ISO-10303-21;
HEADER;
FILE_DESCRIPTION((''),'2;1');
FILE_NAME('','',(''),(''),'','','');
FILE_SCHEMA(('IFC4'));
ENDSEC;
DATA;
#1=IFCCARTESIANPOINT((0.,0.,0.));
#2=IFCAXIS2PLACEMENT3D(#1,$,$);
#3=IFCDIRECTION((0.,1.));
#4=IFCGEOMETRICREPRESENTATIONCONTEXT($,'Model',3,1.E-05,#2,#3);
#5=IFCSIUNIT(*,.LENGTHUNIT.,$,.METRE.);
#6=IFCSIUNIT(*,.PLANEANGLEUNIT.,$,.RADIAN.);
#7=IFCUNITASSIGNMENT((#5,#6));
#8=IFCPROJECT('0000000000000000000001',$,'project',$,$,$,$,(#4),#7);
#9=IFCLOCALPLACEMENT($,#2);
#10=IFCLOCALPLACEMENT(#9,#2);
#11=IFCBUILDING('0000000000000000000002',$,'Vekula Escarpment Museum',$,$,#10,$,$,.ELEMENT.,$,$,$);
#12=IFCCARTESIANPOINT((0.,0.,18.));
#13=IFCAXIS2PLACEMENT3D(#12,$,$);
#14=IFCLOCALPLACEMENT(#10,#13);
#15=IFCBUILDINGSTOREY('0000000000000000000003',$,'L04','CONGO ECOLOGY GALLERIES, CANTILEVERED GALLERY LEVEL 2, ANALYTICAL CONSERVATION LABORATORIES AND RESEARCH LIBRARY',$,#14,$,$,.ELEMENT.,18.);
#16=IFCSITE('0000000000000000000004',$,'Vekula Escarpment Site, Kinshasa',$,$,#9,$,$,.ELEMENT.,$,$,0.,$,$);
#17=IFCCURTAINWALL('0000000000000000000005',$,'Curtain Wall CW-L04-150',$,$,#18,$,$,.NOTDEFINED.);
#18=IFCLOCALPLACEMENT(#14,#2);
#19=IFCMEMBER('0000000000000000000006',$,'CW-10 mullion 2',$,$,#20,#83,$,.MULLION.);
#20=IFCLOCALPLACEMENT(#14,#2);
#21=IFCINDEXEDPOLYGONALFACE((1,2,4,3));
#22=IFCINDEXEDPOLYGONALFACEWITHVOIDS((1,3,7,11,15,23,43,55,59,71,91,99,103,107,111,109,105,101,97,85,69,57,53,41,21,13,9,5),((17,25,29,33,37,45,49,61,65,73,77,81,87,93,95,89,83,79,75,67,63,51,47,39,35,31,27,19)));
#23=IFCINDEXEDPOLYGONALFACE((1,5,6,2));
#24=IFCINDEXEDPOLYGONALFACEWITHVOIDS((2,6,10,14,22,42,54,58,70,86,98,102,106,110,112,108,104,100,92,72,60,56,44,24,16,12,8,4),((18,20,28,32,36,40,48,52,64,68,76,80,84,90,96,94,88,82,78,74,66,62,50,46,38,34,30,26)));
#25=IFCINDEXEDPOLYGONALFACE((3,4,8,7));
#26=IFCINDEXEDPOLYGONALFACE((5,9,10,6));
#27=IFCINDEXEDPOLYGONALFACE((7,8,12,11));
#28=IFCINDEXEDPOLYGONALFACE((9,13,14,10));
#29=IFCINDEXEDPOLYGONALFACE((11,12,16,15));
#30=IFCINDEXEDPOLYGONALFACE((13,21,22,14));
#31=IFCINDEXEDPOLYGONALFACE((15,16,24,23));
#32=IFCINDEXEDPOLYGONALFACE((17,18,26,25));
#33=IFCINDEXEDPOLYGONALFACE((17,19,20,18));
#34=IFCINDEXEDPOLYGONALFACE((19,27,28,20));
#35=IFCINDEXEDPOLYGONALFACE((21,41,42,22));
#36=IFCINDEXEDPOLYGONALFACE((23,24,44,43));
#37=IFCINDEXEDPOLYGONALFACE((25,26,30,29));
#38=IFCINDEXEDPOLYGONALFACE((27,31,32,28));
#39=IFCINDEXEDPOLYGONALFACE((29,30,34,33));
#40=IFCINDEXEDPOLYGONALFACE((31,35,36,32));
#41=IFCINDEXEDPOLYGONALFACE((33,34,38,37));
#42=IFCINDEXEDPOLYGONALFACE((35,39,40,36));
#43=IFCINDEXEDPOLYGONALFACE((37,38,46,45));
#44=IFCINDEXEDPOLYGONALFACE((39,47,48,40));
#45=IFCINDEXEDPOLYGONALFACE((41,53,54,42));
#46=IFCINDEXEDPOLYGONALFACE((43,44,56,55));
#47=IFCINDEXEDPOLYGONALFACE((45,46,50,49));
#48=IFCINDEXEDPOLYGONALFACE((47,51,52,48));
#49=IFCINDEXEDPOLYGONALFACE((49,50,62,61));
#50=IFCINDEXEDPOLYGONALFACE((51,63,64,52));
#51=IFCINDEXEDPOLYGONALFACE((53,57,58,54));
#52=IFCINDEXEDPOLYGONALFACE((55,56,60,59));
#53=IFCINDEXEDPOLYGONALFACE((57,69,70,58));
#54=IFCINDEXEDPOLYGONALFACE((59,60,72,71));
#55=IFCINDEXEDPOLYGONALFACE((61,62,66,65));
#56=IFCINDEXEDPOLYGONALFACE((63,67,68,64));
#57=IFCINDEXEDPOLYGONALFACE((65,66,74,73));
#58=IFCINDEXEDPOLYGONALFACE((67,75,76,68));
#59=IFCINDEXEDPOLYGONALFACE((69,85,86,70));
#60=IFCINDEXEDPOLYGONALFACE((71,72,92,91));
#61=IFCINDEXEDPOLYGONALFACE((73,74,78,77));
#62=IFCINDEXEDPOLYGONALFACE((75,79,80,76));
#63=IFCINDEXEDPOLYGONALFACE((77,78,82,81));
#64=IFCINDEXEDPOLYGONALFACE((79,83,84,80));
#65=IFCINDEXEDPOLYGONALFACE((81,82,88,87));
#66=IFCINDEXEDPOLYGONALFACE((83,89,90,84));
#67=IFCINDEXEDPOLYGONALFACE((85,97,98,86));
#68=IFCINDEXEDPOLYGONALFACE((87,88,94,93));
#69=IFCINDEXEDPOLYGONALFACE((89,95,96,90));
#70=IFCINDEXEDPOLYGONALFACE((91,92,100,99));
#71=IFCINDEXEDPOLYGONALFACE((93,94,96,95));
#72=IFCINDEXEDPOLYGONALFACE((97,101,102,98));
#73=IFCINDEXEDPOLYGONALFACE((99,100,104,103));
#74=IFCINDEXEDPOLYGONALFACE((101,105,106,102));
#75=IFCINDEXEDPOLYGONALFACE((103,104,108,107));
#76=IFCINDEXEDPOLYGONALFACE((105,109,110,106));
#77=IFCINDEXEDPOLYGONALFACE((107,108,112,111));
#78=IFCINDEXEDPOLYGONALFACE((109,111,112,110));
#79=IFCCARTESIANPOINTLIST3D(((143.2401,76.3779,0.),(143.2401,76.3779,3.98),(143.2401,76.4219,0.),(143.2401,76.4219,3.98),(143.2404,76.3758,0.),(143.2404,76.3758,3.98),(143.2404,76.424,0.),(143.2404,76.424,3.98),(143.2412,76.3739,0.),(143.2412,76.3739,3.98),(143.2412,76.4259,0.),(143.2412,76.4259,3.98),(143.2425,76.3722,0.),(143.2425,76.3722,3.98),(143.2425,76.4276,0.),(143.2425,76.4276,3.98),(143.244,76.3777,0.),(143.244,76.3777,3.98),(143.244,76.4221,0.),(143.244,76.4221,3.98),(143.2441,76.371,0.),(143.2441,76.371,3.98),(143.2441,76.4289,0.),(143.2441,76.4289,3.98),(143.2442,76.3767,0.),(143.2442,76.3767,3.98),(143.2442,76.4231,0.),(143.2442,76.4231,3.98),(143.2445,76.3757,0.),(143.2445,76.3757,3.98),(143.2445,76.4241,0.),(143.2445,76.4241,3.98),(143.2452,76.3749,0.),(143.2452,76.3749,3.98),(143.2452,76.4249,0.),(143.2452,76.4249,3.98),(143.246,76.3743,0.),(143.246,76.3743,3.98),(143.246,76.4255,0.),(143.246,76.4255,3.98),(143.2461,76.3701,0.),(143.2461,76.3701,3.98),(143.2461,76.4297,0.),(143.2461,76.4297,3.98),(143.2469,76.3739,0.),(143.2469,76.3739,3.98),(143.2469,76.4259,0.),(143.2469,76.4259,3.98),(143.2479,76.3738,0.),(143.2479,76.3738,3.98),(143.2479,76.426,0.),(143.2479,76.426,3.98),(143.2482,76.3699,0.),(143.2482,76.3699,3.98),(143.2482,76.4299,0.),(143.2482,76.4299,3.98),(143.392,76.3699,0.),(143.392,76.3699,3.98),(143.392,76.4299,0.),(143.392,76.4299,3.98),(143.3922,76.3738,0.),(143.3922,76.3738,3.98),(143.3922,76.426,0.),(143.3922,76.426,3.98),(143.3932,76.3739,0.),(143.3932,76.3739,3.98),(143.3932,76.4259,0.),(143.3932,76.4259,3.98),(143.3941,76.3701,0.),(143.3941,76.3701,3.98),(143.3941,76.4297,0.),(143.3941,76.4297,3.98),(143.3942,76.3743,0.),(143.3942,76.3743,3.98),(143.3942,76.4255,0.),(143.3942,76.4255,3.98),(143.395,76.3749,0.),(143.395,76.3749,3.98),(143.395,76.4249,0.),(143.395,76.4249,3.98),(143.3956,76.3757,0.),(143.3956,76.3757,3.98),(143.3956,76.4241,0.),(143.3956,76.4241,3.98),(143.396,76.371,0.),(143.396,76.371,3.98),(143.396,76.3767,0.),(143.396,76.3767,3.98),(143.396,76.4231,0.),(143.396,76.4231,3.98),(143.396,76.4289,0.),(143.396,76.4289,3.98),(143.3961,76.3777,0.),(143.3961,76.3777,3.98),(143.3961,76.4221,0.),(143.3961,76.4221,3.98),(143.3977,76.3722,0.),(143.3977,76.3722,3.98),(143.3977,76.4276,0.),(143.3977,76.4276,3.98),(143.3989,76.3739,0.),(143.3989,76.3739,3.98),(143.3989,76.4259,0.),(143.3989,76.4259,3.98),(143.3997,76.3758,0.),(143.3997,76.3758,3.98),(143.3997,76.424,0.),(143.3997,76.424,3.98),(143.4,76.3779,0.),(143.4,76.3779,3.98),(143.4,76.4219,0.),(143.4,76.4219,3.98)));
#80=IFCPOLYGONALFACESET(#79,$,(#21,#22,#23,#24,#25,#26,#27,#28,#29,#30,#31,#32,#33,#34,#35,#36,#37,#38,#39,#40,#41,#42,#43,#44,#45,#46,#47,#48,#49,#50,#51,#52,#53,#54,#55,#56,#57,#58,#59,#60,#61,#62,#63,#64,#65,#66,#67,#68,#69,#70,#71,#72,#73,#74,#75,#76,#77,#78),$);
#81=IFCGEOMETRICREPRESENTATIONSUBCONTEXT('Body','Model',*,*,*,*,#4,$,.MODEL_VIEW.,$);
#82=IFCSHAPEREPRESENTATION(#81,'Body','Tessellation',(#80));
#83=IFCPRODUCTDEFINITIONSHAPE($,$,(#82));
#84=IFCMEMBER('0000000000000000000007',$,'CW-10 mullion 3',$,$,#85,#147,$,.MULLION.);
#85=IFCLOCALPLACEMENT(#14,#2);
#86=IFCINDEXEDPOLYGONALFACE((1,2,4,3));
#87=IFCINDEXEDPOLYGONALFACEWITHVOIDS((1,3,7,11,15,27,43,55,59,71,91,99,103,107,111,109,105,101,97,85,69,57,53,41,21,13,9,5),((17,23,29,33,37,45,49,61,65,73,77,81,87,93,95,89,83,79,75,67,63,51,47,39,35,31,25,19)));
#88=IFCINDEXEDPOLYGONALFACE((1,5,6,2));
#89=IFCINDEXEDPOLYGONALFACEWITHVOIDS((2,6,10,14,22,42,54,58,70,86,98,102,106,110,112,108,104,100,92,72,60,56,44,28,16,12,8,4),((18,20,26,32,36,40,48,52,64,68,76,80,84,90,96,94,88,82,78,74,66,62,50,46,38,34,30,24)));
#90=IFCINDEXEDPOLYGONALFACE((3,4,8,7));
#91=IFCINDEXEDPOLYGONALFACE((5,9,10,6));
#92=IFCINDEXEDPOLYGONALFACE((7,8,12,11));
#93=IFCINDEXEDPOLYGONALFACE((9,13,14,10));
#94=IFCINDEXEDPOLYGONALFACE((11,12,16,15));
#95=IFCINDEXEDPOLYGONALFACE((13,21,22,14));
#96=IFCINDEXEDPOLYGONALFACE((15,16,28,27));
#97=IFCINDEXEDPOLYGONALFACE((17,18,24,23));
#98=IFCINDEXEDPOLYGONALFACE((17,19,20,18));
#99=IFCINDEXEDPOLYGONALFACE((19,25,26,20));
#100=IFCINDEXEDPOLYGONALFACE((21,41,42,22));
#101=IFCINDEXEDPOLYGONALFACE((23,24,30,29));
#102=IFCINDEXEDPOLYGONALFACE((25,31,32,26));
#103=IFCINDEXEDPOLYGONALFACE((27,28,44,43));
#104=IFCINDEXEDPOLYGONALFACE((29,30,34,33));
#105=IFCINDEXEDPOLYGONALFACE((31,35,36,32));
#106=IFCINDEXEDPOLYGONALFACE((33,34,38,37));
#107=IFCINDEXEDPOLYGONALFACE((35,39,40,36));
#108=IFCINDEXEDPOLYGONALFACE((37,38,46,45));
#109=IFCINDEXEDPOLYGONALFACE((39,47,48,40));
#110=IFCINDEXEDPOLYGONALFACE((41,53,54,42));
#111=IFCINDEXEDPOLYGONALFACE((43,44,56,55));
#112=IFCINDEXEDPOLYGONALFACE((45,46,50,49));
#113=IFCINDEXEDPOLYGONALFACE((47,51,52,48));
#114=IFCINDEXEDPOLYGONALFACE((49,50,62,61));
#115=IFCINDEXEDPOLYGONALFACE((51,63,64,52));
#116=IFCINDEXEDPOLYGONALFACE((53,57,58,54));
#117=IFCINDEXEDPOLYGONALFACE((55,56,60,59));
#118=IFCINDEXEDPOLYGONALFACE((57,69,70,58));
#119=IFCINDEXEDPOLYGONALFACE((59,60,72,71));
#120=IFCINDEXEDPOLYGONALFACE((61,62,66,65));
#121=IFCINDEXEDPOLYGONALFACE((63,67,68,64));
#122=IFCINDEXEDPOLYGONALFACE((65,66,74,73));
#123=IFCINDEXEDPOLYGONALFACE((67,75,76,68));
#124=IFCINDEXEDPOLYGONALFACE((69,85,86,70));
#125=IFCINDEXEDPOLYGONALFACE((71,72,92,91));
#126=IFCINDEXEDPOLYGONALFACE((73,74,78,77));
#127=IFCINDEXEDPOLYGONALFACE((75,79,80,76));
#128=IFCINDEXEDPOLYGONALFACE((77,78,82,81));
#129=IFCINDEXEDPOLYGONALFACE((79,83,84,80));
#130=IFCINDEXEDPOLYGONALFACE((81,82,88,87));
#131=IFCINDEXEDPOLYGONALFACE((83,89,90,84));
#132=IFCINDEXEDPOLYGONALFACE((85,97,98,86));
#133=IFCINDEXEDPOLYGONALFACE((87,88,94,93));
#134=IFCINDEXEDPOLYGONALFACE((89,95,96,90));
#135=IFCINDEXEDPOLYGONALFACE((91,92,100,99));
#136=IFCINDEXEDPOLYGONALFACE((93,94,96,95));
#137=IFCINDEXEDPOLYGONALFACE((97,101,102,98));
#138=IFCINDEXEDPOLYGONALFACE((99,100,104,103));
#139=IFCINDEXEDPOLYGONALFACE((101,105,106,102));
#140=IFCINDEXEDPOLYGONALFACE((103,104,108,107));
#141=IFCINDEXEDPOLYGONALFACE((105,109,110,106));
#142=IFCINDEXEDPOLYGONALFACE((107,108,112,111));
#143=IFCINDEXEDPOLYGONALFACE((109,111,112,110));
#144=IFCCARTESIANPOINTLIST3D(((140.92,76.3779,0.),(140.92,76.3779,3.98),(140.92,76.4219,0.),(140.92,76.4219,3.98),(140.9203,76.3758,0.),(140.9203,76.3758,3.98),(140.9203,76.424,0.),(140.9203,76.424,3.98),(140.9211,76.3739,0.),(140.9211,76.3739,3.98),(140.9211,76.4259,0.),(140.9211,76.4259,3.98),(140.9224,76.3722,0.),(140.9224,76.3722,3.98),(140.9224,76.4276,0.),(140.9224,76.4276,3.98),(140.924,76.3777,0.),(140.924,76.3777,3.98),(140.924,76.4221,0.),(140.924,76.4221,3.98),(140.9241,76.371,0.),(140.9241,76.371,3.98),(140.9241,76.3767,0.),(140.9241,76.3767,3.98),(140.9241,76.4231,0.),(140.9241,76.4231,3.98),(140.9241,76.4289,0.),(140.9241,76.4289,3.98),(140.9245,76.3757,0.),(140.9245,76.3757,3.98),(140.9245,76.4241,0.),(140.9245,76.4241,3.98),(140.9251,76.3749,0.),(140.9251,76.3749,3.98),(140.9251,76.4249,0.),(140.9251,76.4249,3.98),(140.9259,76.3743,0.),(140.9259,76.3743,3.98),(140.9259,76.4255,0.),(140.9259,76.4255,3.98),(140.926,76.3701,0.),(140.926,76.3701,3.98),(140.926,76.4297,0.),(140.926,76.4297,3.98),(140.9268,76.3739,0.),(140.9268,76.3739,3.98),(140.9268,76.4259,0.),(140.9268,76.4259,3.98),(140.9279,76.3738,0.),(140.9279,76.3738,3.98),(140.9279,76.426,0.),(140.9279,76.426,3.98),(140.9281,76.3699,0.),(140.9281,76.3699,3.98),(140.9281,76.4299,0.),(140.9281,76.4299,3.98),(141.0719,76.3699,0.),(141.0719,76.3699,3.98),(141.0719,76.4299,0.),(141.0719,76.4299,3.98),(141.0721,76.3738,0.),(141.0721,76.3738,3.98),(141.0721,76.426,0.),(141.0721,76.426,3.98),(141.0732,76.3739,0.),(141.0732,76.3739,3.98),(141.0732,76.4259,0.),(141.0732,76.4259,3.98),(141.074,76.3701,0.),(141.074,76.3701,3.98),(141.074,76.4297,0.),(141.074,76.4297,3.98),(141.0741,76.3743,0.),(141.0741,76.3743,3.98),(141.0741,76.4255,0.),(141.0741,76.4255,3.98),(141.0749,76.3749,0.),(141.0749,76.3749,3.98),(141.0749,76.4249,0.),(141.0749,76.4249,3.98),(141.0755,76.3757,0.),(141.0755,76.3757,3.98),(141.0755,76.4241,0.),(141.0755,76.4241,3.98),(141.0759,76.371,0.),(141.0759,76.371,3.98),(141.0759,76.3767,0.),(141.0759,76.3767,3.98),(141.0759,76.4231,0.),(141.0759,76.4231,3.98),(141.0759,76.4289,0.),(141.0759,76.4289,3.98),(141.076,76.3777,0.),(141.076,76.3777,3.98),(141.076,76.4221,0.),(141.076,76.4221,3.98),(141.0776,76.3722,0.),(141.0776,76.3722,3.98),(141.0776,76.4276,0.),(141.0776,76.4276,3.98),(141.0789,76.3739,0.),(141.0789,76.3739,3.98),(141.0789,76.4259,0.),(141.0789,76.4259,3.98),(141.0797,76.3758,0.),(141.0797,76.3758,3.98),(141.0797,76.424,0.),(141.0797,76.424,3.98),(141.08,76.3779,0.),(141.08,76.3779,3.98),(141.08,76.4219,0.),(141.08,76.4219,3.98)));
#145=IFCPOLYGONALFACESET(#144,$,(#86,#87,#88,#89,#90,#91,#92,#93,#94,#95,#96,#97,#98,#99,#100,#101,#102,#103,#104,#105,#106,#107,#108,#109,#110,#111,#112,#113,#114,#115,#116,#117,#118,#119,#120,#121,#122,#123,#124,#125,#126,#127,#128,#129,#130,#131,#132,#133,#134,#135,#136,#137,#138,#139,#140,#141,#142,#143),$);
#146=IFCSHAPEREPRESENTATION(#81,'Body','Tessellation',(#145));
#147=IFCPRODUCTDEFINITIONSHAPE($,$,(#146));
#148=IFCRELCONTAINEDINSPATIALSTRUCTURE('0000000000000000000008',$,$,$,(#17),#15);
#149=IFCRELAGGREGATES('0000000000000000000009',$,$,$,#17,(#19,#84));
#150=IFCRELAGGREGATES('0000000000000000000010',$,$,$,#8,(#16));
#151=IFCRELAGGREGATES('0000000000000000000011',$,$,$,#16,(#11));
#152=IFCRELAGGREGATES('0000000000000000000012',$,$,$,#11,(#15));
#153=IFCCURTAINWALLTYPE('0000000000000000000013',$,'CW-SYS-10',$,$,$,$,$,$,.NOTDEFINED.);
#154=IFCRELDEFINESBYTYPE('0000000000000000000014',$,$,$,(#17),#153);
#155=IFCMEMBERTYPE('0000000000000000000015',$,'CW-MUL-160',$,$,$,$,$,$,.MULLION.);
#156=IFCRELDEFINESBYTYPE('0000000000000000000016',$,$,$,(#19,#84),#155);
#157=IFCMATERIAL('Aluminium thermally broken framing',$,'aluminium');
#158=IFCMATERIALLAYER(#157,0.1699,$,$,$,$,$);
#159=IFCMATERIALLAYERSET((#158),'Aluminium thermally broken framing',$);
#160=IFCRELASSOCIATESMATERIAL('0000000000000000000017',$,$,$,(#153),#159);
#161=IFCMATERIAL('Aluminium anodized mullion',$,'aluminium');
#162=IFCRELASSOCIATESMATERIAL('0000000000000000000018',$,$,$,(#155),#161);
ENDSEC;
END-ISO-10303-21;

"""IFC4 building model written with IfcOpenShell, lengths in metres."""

from ifc_helpers import new_model, si_unit, direction, frame, origin, origin_2d, place, context, subcontext, project, spatial, hollow_rectangle, extrude, material, layer, layer_set, material_profile, profile_set, type_object, element, aggregate, save


model = new_model("IFC4")

# Units and contexts
model_context = context("Model", 3, precision=1e-05, world=origin(), true_north=direction((0.0, 1.0)))
body_context = subcontext(model_context, "Body", "Model", "MODEL_VIEW")
ifc_project = project(units=[si_unit("LENGTHUNIT", "METRE"), si_unit("PLANEANGLEUNIT", "RADIAN")], contexts=[model_context])

# Site, building, storey
site_placement = place(None, origin())
site = spatial("IfcSite", under=ifc_project, at=site_placement, Name="Vekula Escarpment Site, Kinshasa", CompositionType="ELEMENT", RefElevation=0.0)
building_placement = place(site_placement, origin())
building = spatial("IfcBuilding", under=site, at=building_placement, Name="Vekula Escarpment Museum", CompositionType="ELEMENT")
storey_placement = place(building_placement, frame((0.0, 0.0, 18.0)))
storey = spatial("IfcBuildingStorey", under=building, at=storey_placement, Name="L04", Description="CONGO ECOLOGY GALLERIES, CANTILEVERED GALLERY LEVEL 2, ANALYTICAL CONSERVATION LABORATORIES AND RESEARCH LIBRARY", CompositionType="ELEMENT", Elevation=18.0)

# Curtain wall, members
ifc_material_1 = material(Name="Aluminium thermally broken framing", Category="aluminium")
ifc_layer_1 = layer(ifc_material_1, 0.1699)
ifc_layer_set_1 = layer_set([ifc_layer_1], Name="Aluminium thermally broken framing")
curtain_wall_type = type_object("IfcCurtainWallType", Name="CW-SYS-10", PredefinedType="NOTDEFINED", material=ifc_layer_set_1)
curtain_wall_placement = place(storey_placement, origin())
curtain_wall = element("IfcCurtainWall", 1, at=curtain_wall_placement, inside=storey, type_object=curtain_wall_type, Name="Curtain Wall CW-L04-150", PredefinedType="NOTDEFINED")
ifc_material_2 = material(Name="Aluminium anodized mullion", Category="aluminium")
ifc_material_profile_1 = material_profile(ifc_material_2, hollow_rectangle(XDim=0.0601, YDim=0.1599, WallThickness=0.0039, InnerFilletRadius=0.0039, OuterFilletRadius=0.0081, at=origin_2d()), Name="ALU 160x60x4")
ifc_profile_set_1 = profile_set([ifc_material_profile_1], Name="Aluminium anodized mullion")
member_type_1 = type_object("IfcMemberType", Name="CW-MUL-160", PredefinedType="MULLION", material=ifc_profile_set_1)
member_1_placement = place(storey_placement, frame((143.3201, 76.3999, 0.0), z_axis=(0.0, 0.0, 1.0), x_axis=(0.0, -1.0, 0.0)))
member_1 = element("IfcMember", 2, at=member_1_placement, type_object=member_type_1, Name="CW-10 mullion 2", PredefinedType="MULLION", context=body_context, shape_type="SweptSolid", body=[
    extrude(hollow_rectangle(XDim=0.0601, YDim=0.1599, WallThickness=0.0039, InnerFilletRadius=0.0039, OuterFilletRadius=0.0081, at=origin_2d()), origin(), (0.0, 0.0, 1.0), 3.98),
])
member_2_placement = place(storey_placement, frame((141.0, 76.3999, 0.0), z_axis=(0.0, 0.0, 1.0), x_axis=(0.0, -1.0, 0.0)))
member_2 = element("IfcMember", 3, at=member_2_placement, type_object=member_type_1, Name="CW-10 mullion 3", PredefinedType="MULLION", context=body_context, shape_type="SweptSolid", body=[
    extrude(hollow_rectangle(XDim=0.0601, YDim=0.1599, WallThickness=0.0039, InnerFilletRadius=0.0039, OuterFilletRadius=0.0081, at=origin_2d()), origin(), (0.0, 0.0, 1.0), 3.98),
])
aggregate(curtain_wall, [member_1, member_2])

save(model, "model.ifc")
